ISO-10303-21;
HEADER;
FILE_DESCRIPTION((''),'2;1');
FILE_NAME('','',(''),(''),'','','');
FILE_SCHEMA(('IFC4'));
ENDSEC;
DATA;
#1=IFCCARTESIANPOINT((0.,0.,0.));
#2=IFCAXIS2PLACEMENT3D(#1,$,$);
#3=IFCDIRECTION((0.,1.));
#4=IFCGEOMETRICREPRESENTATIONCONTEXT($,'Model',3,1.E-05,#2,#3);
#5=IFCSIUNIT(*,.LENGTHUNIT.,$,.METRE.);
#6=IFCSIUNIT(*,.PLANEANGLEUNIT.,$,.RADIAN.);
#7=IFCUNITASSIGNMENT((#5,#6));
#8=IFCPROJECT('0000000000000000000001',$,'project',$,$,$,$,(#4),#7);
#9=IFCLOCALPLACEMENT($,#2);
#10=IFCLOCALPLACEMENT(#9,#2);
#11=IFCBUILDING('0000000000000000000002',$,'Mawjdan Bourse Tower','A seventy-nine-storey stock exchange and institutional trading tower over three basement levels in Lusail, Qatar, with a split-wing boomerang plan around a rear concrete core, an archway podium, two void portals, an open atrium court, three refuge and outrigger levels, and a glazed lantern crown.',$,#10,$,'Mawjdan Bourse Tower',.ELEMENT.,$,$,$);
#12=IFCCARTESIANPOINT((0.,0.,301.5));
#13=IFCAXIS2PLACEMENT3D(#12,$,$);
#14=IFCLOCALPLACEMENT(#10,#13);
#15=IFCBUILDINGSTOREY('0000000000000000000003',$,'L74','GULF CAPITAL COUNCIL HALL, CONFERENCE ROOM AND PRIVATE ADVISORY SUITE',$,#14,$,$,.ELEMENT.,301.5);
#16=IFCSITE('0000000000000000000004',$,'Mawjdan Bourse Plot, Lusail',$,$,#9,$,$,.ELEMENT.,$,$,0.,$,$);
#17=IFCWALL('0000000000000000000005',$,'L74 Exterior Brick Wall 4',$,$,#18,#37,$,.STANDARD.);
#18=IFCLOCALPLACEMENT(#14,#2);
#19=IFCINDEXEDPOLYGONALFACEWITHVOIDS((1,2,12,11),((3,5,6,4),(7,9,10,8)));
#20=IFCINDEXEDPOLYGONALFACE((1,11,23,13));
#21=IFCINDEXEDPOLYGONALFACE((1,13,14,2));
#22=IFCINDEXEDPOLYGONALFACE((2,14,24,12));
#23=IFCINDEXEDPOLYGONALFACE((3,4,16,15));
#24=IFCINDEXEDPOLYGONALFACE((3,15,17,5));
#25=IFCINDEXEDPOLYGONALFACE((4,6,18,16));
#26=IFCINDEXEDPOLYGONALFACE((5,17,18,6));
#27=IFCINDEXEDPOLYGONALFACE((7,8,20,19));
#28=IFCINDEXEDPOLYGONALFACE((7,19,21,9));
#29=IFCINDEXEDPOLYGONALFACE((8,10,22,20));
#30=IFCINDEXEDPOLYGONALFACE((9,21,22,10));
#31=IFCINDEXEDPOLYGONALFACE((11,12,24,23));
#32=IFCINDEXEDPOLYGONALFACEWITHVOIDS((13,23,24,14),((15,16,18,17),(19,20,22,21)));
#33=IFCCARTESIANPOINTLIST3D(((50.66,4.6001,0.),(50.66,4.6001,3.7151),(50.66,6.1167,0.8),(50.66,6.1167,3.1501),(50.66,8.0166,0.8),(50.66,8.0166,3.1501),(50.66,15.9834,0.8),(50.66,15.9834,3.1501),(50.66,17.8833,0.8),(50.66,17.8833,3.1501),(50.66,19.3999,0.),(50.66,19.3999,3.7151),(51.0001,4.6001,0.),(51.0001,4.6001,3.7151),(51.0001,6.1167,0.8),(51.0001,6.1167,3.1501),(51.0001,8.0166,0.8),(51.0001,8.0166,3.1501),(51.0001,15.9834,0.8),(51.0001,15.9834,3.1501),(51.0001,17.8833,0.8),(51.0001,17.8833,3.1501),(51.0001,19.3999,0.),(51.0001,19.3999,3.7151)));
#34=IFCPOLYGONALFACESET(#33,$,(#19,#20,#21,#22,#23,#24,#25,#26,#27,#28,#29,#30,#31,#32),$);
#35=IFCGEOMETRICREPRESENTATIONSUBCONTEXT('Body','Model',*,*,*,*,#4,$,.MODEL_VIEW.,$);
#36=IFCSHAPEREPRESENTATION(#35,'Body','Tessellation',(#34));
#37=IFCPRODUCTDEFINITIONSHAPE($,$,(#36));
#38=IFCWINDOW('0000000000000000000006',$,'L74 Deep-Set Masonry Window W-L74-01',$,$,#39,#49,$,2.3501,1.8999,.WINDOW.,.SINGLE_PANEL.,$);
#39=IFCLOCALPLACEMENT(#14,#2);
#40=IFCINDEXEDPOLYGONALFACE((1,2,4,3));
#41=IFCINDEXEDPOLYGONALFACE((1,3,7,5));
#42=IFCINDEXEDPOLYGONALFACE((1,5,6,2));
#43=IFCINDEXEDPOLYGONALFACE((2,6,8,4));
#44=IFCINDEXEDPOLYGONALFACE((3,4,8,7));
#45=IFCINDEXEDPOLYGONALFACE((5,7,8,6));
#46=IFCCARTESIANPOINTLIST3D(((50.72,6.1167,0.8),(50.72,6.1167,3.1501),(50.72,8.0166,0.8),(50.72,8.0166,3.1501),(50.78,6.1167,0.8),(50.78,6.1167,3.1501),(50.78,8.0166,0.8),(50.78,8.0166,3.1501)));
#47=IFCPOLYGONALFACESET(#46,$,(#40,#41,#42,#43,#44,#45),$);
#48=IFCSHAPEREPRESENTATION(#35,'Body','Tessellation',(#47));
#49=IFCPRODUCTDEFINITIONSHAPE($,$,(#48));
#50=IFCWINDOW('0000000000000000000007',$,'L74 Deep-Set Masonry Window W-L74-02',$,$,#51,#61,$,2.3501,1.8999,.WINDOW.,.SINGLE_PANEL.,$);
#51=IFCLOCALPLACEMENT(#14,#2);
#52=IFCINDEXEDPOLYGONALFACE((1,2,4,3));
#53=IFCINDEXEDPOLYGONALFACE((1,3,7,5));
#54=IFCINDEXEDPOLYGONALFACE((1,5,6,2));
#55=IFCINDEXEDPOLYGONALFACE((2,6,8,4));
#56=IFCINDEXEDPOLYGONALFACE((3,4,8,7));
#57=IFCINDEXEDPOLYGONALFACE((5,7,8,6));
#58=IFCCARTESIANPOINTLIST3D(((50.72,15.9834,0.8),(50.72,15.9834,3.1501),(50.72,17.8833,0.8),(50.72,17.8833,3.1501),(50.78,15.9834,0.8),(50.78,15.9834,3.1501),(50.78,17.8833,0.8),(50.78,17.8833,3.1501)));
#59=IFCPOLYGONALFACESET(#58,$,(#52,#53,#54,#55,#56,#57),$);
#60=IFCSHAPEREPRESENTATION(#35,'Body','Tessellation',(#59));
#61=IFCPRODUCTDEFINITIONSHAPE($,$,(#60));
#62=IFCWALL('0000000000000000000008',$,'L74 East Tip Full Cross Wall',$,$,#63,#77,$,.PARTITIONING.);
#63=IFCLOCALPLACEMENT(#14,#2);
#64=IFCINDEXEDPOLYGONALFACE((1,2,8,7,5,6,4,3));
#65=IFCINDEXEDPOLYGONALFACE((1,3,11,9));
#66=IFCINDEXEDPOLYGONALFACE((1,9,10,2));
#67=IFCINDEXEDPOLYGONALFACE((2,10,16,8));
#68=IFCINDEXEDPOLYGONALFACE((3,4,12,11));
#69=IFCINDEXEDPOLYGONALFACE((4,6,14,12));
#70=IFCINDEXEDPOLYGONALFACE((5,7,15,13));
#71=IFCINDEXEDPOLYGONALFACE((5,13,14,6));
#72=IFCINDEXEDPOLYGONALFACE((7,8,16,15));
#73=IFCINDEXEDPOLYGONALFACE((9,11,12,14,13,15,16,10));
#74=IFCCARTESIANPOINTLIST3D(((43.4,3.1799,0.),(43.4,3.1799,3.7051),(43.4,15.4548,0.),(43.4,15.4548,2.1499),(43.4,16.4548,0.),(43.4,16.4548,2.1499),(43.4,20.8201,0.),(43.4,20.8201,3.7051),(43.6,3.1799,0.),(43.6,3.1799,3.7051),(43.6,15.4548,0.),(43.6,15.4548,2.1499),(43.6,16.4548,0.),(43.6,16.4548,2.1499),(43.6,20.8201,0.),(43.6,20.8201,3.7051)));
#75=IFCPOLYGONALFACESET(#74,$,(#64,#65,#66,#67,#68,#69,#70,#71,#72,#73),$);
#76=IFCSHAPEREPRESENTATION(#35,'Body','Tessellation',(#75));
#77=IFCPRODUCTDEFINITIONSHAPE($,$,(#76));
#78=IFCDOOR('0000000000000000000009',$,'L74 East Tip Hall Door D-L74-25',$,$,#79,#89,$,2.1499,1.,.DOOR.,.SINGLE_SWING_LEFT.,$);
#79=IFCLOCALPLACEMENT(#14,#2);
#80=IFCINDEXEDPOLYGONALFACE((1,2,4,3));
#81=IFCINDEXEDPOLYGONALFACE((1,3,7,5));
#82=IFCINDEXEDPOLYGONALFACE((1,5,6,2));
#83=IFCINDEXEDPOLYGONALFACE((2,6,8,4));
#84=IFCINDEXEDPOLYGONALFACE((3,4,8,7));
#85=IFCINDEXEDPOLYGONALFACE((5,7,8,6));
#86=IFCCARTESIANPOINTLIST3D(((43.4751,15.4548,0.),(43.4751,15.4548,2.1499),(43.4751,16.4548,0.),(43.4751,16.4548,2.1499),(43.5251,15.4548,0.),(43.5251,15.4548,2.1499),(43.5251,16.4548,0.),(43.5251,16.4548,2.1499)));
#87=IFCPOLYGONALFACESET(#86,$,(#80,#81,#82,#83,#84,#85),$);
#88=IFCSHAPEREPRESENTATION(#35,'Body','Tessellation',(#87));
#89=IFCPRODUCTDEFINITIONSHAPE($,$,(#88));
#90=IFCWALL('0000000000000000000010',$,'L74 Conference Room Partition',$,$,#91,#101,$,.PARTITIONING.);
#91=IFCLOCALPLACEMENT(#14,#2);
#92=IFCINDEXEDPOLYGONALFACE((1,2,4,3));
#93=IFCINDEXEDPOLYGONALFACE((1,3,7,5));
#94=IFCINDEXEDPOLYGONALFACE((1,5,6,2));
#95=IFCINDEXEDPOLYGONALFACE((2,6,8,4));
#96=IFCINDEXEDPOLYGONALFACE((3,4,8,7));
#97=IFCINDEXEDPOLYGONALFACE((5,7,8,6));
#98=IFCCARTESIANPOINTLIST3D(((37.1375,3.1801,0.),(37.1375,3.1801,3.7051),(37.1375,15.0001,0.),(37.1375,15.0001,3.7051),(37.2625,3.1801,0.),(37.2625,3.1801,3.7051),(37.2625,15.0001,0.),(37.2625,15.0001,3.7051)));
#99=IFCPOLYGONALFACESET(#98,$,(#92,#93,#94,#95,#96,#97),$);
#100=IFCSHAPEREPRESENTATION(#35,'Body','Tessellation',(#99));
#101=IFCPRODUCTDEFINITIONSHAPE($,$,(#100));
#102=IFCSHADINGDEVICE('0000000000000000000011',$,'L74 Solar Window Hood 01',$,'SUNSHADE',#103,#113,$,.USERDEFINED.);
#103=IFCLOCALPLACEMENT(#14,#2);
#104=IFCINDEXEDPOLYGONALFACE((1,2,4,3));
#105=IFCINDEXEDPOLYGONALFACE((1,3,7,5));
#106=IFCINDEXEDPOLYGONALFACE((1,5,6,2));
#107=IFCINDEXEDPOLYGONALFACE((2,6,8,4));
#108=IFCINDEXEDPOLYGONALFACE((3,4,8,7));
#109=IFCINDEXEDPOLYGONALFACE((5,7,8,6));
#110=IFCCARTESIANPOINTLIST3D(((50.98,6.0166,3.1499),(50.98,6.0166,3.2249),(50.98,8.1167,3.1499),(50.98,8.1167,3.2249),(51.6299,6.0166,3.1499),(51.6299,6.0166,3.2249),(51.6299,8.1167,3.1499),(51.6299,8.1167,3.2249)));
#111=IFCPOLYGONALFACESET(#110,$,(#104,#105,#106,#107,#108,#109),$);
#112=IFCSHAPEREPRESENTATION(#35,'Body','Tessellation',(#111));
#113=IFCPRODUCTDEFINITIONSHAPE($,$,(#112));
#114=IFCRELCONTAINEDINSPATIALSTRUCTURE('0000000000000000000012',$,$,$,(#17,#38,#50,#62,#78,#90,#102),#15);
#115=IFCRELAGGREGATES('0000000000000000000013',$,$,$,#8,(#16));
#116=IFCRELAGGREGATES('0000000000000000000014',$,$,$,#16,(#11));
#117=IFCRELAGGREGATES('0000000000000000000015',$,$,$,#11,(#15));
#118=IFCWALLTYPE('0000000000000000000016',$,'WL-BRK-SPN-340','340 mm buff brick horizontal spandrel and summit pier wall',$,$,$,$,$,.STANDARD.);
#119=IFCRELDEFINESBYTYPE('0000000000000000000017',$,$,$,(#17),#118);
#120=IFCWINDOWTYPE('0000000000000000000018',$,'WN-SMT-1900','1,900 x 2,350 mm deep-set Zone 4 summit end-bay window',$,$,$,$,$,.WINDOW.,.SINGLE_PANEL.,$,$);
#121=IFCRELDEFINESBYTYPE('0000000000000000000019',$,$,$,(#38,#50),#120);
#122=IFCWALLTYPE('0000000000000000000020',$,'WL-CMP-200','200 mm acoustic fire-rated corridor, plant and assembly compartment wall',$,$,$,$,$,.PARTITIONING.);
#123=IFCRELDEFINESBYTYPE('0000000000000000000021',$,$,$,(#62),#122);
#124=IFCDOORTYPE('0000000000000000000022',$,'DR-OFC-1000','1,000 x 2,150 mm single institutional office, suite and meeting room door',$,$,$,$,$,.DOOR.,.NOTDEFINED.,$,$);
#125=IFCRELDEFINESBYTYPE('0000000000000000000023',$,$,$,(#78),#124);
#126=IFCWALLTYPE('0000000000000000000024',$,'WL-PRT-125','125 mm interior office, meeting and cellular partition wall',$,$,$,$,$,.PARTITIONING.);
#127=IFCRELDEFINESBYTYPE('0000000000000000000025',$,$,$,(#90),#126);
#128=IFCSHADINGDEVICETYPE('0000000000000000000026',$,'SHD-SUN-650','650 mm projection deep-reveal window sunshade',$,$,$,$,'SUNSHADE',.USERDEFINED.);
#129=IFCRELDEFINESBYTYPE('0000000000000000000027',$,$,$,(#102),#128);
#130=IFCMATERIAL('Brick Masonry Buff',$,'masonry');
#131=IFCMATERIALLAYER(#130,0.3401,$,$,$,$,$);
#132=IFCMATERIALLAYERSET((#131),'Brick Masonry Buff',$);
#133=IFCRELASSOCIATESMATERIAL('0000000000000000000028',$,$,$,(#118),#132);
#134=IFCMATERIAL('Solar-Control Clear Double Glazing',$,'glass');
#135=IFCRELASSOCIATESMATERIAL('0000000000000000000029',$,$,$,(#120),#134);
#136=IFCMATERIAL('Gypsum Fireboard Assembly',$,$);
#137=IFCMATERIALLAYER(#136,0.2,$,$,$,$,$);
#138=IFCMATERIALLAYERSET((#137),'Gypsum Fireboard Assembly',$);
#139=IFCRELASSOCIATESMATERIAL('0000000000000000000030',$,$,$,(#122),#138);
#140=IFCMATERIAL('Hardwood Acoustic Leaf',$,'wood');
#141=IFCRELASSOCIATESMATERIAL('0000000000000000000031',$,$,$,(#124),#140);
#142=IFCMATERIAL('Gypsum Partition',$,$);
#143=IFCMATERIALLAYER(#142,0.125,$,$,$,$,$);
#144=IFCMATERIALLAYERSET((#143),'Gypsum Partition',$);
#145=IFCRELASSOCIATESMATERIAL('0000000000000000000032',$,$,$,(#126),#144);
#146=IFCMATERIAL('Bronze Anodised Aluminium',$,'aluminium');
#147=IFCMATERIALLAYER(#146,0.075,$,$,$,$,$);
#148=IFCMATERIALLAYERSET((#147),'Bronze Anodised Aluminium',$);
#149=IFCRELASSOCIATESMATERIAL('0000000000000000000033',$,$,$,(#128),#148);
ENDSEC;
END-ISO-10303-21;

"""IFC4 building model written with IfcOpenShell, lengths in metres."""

from ifc_helpers import new_model, si_unit, direction, frame, frame_2d, origin, origin_2d, place, context, subcontext, project, spatial, rectangle, extrude, material, layer, layer_set, type_object, element, fill, save


model = new_model("IFC4")

# Units and contexts
model_context = context("Model", 3, precision=1e-05, world=origin(), true_north=direction((0.0, 1.0)))
body_context = subcontext(model_context, "Body", "Model", "MODEL_VIEW")
ifc_project = project(units=[si_unit("LENGTHUNIT", "METRE"), si_unit("PLANEANGLEUNIT", "RADIAN")], contexts=[model_context])

# Site, building, storey
site_placement = place(None, origin())
site = spatial("IfcSite", under=ifc_project, at=site_placement, Name="Mawjdan Bourse Plot, Lusail", CompositionType="ELEMENT", RefElevation=0.0)
building_placement = place(site_placement, origin())
building = spatial("IfcBuilding", under=site, at=building_placement, Name="Mawjdan Bourse Tower", Description="A seventy-nine-storey stock exchange and institutional trading tower over three basement levels in Lusail, Qatar, with a split-wing boomerang plan around a rear concrete core, an archway podium, two void portals, an open atrium court, three refuge and outrigger levels, and a glazed lantern crown.", LongName="Mawjdan Bourse Tower", CompositionType="ELEMENT")
storey_placement = place(building_placement, frame((0.0, 0.0, 301.5)))
storey = spatial("IfcBuildingStorey", under=building, at=storey_placement, Name="L74", Description="GULF CAPITAL COUNCIL HALL, CONFERENCE ROOM AND PRIVATE ADVISORY SUITE", CompositionType="ELEMENT", Elevation=301.5)

# Shared definitions
ifc_material_1 = material(Name="Brick Masonry Buff", Category="masonry")
ifc_layer_1 = layer(ifc_material_1, 0.3401)
ifc_layer_set_1 = layer_set([ifc_layer_1], Name="Brick Masonry Buff")
wall_type_1 = type_object("IfcWallType", Name="WL-BRK-SPN-340", Description="340 mm buff brick horizontal spandrel and summit pier wall", PredefinedType="STANDARD", material=ifc_layer_set_1)

# Wall, openings, windows
wall_1_placement = place(storey_placement, frame((50.8301, 4.6001, 0.0), z_axis=(0.0, 0.0, 1.0), x_axis=(0.0, 1.0, 0.0)))
wall_1 = element("IfcWall", 1, at=wall_1_placement, inside=storey, type_object=wall_type_1, Name="L74 Exterior Brick Wall 4", PredefinedType="STANDARD", context=body_context, shape_type="SweptSolid", body=[
    extrude(rectangle(XDim=14.7998, YDim=0.3401, at=frame_2d((7.3999, 0.0))), origin(), (0.0, 0.0, 1.0), 3.7151),
])
opening_1_placement = place(wall_1_placement, frame((1.5166, 0.0, 0.8)))
opening_1 = element("IfcOpeningElement", 2, at=opening_1_placement, cuts=wall_1, PredefinedType="OPENING", context=body_context, shape_type="SweptSolid", body=[
    extrude(rectangle(XDim=1.8999, YDim=2.3501, at=frame_2d((0.95, 1.175))), frame((0.0, 0.1802, 0.0), z_axis=(0.0, -1.0, 0.0), x_axis=(1.0, 0.0, 0.0)), (0.0, 0.0, 1.0), 0.3601),
])
opening_2_placement = place(wall_1_placement, frame((11.3833, 0.0, 0.8)))
opening_2 = element("IfcOpeningElement", 3, at=opening_2_placement, cuts=wall_1, PredefinedType="OPENING", context=body_context, shape_type="SweptSolid", body=[
    extrude(rectangle(XDim=1.8999, YDim=2.3501, at=frame_2d((0.95, 1.175))), frame((0.0, 0.1802, 0.0), z_axis=(0.0, -1.0, 0.0), x_axis=(1.0, 0.0, 0.0)), (0.0, 0.0, 1.0), 0.3601),
])
ifc_material_2 = material(Name="Solar-Control Clear Double Glazing", Category="glass")
window_type = type_object("IfcWindowType", Name="WN-SMT-1900", Description="1,900 x 2,350 mm deep-set Zone 4 summit end-bay window", PartitioningType="SINGLE_PANEL", PredefinedType="WINDOW", material=ifc_material_2)
window_1_placement = place(opening_1_placement, origin())
window_1 = element("IfcWindow", 4, at=window_1_placement, inside=storey, type_object=window_type, Name="L74 Deep-Set Masonry Window W-L74-01", OverallHeight=2.3501, OverallWidth=1.8999, PartitioningType="SINGLE_PANEL", PredefinedType="WINDOW", context=body_context, shape_type="SweptSolid", body=[
    extrude(rectangle(XDim=1.8999, YDim=2.3501, at=frame_2d((0.95, 1.175))), frame((0.0, 0.1101, 0.0), z_axis=(0.0, -1.0, 0.0), x_axis=(1.0, 0.0, 0.0)), (0.0, 0.0, 1.0), 0.0601),
])
fill(opening_1, window_1)
window_2_placement = place(opening_2_placement, origin())
window_2 = element("IfcWindow", 5, at=window_2_placement, inside=storey, type_object=window_type, Name="L74 Deep-Set Masonry Window W-L74-02", OverallHeight=2.3501, OverallWidth=1.8999, PartitioningType="SINGLE_PANEL", PredefinedType="WINDOW", context=body_context, shape_type="SweptSolid", body=[
    extrude(rectangle(XDim=1.8999, YDim=2.3501, at=frame_2d((0.95, 1.175))), frame((0.0, 0.1101, 0.0), z_axis=(0.0, -1.0, 0.0), x_axis=(1.0, 0.0, 0.0)), (0.0, 0.0, 1.0), 0.0601),
])
fill(opening_2, window_2)

# Wall, opening, door
ifc_material_3 = material(Name="Gypsum Fireboard Assembly")
ifc_layer_2 = layer(ifc_material_3, 0.2)
ifc_layer_set_2 = layer_set([ifc_layer_2], Name="Gypsum Fireboard Assembly")
wall_type_2 = type_object("IfcWallType", Name="WL-CMP-200", Description="200 mm acoustic fire-rated corridor, plant and assembly compartment wall", PredefinedType="PARTITIONING", material=ifc_layer_set_2)
wall_2_placement = place(storey_placement, frame((43.5, 3.1799, 0.0), z_axis=(0.0, 0.0, 1.0), x_axis=(0.0, 1.0, 0.0)))
wall_2 = element("IfcWall", 6, at=wall_2_placement, inside=storey, type_object=wall_type_2, Name="L74 East Tip Full Cross Wall", PredefinedType="PARTITIONING", context=body_context, shape_type="SweptSolid", body=[
    extrude(rectangle(XDim=17.6401, YDim=0.2, at=frame_2d((8.8201, 0.0))), origin(), (0.0, 0.0, 1.0), 3.7051),
])
opening_3_placement = place(wall_2_placement, frame((12.2749, 0.0, 0.0)))
opening_3 = element("IfcOpeningElement", 7, at=opening_3_placement, cuts=wall_2, PredefinedType="OPENING", context=body_context, shape_type="SweptSolid", body=[
    extrude(rectangle(XDim=1.0, YDim=2.1499, at=frame_2d((0.5, 1.075))), frame((0.0, 0.1099, 0.0), z_axis=(0.0, -1.0, 0.0), x_axis=(1.0, 0.0, 0.0)), (0.0, 0.0, 1.0), 0.22),
])
ifc_material_4 = material(Name="Hardwood Acoustic Leaf", Category="wood")
door_type = type_object("IfcDoorType", Name="DR-OFC-1000", Description="1,000 x 2,150 mm single institutional office, suite and meeting room door", OperationType="NOTDEFINED", PredefinedType="DOOR", material=ifc_material_4)
door_placement = place(opening_3_placement, origin())
door = element("IfcDoor", 8, at=door_placement, inside=storey, type_object=door_type, Name="L74 East Tip Hall Door D-L74-25", OperationType="SINGLE_SWING_LEFT", OverallHeight=2.1499, OverallWidth=1.0, PredefinedType="DOOR", context=body_context, shape_type="SweptSolid", body=[
    extrude(rectangle(XDim=1.0, YDim=2.1499, at=frame_2d((0.5, 1.075))), frame((0.0, 0.0249, 0.0), z_axis=(0.0, -1.0, 0.0), x_axis=(1.0, 0.0, 0.0)), (0.0, 0.0, 1.0), 0.05),
])
fill(opening_3, door)

# Wall
ifc_material_5 = material(Name="Gypsum Partition")
ifc_layer_3 = layer(ifc_material_5, 0.125)
ifc_layer_set_3 = layer_set([ifc_layer_3], Name="Gypsum Partition")
wall_type_3 = type_object("IfcWallType", Name="WL-PRT-125", Description="125 mm interior office, meeting and cellular partition wall", PredefinedType="PARTITIONING", material=ifc_layer_set_3)
wall_3_placement = place(storey_placement, frame((37.2, 3.1799, 0.0), z_axis=(0.0, 0.0, 1.0), x_axis=(0.0, 1.0, 0.0)))
element("IfcWall", 9, at=wall_3_placement, inside=storey, type_object=wall_type_3, Name="L74 Conference Room Partition", PredefinedType="PARTITIONING", context=body_context, shape_type="SweptSolid", body=[
    extrude(rectangle(XDim=11.8201, YDim=0.125, at=frame_2d((5.9102, 0.0))), origin(), (0.0, 0.0, 1.0), 3.7051),
])

# Shading device
ifc_material_6 = material(Name="Bronze Anodised Aluminium", Category="aluminium")
ifc_layer_4 = layer(ifc_material_6, 0.075)
ifc_layer_set_4 = layer_set([ifc_layer_4], Name="Bronze Anodised Aluminium")
shading_device_type = type_object("IfcShadingDeviceType", Name="SHD-SUN-650", Description="650 mm projection deep-reveal window sunshade", ElementType="SUNSHADE", PredefinedType="USERDEFINED", material=ifc_layer_set_4)
shading_device_placement = place(storey_placement, frame((51.3049, 7.0667, 3.1499), z_axis=(0.0, 0.0, 1.0), x_axis=(0.0, 1.0, 0.0)))
element("IfcShadingDevice", 10, at=shading_device_placement, inside=storey, type_object=shading_device_type, Name="L74 Solar Window Hood 01", ObjectType="SUNSHADE", PredefinedType="USERDEFINED", context=body_context, shape_type="SweptSolid", body=[
    extrude(rectangle(XDim=2.1001, YDim=0.6499, at=origin_2d()), origin(), (0.0, 0.0, 1.0), 0.075),
])

save(model, "model.ifc")
